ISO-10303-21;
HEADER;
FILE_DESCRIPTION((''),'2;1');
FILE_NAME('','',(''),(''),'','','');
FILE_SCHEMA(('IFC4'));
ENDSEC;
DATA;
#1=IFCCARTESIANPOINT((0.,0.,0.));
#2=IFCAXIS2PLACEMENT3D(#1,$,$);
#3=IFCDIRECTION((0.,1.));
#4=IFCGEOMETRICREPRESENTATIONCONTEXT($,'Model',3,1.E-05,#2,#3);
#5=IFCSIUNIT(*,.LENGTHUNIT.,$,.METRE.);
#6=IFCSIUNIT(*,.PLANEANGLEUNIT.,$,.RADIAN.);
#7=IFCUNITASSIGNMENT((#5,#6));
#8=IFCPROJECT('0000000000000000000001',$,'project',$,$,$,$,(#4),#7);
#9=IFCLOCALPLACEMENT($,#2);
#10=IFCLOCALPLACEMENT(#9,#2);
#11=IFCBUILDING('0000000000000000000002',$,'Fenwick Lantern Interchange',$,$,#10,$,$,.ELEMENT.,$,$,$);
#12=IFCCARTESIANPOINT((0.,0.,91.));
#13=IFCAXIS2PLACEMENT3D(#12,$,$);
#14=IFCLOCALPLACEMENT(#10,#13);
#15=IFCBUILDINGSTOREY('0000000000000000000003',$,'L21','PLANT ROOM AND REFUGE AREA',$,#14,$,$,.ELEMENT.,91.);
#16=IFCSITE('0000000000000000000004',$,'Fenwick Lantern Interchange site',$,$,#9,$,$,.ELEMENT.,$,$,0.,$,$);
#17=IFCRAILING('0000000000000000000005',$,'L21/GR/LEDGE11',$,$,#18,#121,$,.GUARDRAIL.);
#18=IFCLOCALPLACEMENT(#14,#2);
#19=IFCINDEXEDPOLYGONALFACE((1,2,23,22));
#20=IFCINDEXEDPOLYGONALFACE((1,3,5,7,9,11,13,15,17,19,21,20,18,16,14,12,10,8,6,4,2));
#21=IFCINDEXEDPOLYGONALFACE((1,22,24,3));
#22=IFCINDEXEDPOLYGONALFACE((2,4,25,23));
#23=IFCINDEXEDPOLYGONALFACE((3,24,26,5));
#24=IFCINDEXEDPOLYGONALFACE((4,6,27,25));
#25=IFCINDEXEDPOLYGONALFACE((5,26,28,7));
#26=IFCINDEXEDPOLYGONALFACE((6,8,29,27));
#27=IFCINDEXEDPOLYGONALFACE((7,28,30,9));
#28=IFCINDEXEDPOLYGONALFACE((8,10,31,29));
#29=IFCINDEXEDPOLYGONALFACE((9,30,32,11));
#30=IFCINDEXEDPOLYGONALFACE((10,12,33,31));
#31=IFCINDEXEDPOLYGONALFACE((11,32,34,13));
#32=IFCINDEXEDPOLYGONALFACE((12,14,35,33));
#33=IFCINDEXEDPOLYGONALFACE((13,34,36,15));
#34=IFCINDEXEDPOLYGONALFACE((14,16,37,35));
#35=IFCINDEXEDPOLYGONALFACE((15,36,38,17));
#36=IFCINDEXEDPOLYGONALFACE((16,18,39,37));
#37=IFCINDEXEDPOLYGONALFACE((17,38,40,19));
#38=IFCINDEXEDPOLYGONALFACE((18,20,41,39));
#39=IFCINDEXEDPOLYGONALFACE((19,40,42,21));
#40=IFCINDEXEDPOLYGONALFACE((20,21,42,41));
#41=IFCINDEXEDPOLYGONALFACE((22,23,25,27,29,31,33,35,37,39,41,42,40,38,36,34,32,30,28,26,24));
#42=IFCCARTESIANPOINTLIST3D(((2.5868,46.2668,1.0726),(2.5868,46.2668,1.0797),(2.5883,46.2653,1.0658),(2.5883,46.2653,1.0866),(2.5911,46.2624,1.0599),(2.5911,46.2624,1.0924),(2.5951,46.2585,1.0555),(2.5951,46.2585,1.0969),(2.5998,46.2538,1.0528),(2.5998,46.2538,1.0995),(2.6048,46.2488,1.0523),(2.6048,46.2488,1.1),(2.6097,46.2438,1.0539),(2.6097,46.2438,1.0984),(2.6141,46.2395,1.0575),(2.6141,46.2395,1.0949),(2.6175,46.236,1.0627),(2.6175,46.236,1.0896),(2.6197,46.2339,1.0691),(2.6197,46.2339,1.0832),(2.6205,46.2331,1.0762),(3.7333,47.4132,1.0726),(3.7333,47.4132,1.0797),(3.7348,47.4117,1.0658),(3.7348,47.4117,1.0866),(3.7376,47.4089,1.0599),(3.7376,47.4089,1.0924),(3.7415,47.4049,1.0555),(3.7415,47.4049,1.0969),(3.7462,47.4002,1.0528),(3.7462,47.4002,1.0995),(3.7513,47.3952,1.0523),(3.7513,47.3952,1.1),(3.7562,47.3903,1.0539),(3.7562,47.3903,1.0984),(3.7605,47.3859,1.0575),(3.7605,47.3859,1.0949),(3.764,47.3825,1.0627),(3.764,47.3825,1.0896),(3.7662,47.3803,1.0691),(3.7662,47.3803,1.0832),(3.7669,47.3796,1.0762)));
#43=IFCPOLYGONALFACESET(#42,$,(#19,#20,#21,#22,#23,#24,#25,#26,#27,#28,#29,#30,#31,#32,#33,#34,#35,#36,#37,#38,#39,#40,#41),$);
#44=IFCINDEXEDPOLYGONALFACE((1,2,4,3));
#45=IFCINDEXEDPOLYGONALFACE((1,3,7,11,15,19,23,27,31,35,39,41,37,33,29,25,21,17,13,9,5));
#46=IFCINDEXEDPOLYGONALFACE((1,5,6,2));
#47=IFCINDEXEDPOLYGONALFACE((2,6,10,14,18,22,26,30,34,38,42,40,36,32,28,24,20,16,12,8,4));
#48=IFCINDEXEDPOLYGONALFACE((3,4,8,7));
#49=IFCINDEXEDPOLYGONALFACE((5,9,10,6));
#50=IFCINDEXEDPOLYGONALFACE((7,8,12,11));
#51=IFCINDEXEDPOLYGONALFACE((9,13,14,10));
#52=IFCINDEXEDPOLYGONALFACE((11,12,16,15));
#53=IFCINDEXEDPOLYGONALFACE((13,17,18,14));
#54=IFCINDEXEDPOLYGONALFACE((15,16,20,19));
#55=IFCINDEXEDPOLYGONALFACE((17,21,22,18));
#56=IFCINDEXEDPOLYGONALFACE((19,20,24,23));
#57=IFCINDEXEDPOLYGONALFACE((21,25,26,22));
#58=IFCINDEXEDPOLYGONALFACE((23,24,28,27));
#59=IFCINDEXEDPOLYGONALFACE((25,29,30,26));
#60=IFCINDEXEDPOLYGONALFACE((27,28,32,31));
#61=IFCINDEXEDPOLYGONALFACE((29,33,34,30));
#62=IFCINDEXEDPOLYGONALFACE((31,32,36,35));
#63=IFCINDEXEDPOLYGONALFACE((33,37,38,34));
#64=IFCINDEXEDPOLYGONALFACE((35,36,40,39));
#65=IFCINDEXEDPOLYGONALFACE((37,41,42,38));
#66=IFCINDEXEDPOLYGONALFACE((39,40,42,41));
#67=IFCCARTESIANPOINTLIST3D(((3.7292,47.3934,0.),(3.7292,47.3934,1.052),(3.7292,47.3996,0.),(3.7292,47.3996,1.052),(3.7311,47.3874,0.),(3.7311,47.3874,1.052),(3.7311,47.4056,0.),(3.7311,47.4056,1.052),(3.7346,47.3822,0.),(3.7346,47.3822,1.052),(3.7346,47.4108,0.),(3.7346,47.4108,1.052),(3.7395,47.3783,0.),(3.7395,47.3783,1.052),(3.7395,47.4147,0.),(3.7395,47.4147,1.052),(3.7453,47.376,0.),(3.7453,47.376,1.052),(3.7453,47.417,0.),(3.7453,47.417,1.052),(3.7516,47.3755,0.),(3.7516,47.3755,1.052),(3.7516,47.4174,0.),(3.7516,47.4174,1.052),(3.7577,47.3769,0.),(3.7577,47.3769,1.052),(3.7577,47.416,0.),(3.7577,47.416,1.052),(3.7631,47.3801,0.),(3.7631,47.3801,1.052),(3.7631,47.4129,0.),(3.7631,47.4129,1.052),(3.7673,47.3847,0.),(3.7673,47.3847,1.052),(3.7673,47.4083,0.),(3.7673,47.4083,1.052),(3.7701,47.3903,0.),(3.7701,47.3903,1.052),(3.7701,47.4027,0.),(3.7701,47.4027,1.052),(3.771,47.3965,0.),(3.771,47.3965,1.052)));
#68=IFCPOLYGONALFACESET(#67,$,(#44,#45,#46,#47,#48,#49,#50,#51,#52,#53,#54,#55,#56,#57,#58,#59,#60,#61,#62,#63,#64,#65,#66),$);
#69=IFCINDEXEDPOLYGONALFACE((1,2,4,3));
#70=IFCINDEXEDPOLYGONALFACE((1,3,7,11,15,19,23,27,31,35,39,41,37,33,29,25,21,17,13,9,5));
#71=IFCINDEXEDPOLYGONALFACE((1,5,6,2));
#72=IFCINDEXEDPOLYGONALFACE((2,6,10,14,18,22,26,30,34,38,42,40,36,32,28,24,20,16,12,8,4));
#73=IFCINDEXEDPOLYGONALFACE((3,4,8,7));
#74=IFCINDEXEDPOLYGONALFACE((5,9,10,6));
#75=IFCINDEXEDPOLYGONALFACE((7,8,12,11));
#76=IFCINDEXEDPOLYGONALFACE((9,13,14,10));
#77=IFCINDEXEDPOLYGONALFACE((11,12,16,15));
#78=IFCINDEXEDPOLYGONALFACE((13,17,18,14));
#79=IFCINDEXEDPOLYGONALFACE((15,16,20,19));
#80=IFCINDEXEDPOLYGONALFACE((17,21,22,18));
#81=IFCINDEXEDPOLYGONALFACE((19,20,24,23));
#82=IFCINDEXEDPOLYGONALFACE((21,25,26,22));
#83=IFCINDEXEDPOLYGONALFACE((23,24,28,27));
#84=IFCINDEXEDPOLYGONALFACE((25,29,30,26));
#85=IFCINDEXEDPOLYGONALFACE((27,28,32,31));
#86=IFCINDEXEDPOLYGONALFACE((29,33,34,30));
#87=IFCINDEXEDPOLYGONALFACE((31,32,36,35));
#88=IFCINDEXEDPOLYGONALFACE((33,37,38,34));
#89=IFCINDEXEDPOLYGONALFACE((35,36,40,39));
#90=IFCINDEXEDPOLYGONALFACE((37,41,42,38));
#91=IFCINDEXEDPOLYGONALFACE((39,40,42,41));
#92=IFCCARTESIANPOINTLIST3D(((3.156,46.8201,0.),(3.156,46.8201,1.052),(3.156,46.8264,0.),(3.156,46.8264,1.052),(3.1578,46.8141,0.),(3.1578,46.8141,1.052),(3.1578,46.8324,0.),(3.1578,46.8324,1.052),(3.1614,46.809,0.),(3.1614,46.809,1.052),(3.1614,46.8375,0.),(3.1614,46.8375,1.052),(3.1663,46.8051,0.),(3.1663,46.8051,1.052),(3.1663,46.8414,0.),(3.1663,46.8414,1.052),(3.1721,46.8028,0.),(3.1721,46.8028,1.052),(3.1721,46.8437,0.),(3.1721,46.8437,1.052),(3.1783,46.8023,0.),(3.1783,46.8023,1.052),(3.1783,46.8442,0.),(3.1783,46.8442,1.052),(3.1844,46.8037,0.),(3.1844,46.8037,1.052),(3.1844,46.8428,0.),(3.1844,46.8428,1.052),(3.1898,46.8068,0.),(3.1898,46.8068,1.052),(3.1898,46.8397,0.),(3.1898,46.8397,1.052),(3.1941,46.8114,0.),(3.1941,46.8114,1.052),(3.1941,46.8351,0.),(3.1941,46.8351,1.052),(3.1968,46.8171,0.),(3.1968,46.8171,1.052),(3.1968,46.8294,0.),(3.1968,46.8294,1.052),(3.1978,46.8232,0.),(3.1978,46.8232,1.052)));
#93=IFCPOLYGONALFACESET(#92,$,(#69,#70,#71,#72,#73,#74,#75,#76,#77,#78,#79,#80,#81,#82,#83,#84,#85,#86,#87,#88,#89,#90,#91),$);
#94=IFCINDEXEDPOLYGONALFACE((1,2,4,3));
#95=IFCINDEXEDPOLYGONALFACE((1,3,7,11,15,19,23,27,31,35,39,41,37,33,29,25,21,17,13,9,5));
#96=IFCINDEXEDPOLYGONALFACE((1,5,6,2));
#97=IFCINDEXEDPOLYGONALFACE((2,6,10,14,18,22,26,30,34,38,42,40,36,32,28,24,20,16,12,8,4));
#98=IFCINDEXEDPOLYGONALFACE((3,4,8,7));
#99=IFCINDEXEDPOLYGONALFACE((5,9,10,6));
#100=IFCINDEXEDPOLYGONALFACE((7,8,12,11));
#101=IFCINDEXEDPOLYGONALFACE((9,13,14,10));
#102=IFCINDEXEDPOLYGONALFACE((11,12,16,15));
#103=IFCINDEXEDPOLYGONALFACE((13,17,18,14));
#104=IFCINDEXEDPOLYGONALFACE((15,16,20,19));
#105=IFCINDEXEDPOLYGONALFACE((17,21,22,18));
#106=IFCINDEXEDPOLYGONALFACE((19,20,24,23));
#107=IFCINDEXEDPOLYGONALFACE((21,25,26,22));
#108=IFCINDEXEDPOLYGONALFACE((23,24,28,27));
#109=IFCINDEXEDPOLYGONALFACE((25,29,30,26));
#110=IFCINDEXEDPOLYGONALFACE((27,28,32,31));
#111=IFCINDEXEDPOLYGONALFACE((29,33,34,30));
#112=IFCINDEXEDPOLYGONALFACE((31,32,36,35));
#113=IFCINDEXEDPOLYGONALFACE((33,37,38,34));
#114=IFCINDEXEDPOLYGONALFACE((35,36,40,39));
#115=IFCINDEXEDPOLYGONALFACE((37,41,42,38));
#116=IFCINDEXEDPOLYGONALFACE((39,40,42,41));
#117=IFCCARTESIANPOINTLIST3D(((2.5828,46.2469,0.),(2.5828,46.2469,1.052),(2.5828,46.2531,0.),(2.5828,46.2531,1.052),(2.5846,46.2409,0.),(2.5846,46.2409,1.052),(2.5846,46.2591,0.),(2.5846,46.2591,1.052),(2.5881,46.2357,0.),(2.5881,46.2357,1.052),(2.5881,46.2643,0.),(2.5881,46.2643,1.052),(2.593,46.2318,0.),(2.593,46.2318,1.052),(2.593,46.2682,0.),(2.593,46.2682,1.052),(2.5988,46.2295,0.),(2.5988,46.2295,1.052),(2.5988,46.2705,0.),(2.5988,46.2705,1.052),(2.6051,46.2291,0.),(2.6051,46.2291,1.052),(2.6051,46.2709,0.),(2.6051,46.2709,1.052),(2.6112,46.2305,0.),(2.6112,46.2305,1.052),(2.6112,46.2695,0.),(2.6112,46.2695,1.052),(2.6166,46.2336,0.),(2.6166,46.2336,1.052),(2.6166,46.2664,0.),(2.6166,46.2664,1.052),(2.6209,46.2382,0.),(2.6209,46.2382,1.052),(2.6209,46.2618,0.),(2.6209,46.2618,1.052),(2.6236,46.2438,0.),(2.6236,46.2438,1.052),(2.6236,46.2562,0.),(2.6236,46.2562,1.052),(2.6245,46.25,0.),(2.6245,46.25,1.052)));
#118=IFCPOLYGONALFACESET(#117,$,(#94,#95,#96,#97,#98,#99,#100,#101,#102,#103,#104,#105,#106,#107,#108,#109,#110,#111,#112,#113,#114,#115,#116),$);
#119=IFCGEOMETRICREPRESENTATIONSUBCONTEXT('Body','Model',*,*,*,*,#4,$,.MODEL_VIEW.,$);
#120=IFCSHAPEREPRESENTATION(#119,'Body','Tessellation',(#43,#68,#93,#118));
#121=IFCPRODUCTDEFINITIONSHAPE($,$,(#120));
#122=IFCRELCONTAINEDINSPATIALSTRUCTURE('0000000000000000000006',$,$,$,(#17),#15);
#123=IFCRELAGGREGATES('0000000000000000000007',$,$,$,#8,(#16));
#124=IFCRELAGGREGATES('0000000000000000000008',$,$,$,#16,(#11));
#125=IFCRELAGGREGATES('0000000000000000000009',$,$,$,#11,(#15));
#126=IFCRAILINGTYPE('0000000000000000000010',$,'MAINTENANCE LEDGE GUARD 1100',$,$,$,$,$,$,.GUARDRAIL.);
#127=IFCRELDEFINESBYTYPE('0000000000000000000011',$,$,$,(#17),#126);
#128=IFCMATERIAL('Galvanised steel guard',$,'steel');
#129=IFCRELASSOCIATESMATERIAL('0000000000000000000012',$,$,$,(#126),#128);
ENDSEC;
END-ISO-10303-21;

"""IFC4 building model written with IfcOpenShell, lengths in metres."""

from ifc_helpers import new_model, si_unit, direction, frame, origin, origin_2d, place, context, subcontext, project, spatial, circle, extrude, material, type_object, element, save


model = new_model("IFC4")

# Units and contexts
model_context = context("Model", 3, precision=1e-05, world=origin(), true_north=direction((0.0, 1.0)))
body_context = subcontext(model_context, "Body", "Model", "MODEL_VIEW")
ifc_project = project(units=[si_unit("LENGTHUNIT", "METRE"), si_unit("PLANEANGLEUNIT", "RADIAN")], contexts=[model_context])

# Site, building, storey
site_placement = place(None, origin())
site = spatial("IfcSite", under=ifc_project, at=site_placement, Name="Fenwick Lantern Interchange site", CompositionType="ELEMENT", RefElevation=0.0)
building_placement = place(site_placement, origin())
building = spatial("IfcBuilding", under=site, at=building_placement, Name="Fenwick Lantern Interchange", CompositionType="ELEMENT")
storey_placement = place(building_placement, frame((0.0, 0.0, 91.0)))
storey = spatial("IfcBuildingStorey", under=building, at=storey_placement, Name="L21", Description="PLANT ROOM AND REFUGE AREA", CompositionType="ELEMENT", Elevation=91.0)

# Railing
ifc_material_1 = material(Name="Galvanised steel guard", Category="steel")
railing_type = type_object("IfcRailingType", Name="MAINTENANCE LEDGE GUARD 1100", PredefinedType="GUARDRAIL", material=ifc_material_1)
railing_1_placement = place(storey_placement, frame((3.75, 47.3965, 0.0)))
element("IfcRailing", 1, at=railing_1_placement, inside=storey, type_object=railing_type, Name="L21/GR/LEDGE11", PredefinedType="GUARDRAIL", context=body_context, shape_type="SweptSolid", body=[
    extrude(circle(Radius=0.0239, at=origin_2d()), frame((0.0, 0.0, 1.0762), z_axis=(-0.707107, -0.707107, 0.0), x_axis=(0.707107, -0.707107, 0.0)), (0.0, 0.0, 1.0), 1.6213),
    extrude(circle(Radius=0.021, at=origin_2d()), origin(), (0.0, 0.0, 1.0), 1.052),
    extrude(circle(Radius=0.021, at=origin_2d()), frame((-0.5732, -0.5732, 0.0)), (0.0, 0.0, 1.0), 1.052),
    extrude(circle(Radius=0.021, at=origin_2d()), frame((-1.1465, -1.1465, 0.0)), (0.0, 0.0, 1.0), 1.052),
])

save(model, "model.ifc")
